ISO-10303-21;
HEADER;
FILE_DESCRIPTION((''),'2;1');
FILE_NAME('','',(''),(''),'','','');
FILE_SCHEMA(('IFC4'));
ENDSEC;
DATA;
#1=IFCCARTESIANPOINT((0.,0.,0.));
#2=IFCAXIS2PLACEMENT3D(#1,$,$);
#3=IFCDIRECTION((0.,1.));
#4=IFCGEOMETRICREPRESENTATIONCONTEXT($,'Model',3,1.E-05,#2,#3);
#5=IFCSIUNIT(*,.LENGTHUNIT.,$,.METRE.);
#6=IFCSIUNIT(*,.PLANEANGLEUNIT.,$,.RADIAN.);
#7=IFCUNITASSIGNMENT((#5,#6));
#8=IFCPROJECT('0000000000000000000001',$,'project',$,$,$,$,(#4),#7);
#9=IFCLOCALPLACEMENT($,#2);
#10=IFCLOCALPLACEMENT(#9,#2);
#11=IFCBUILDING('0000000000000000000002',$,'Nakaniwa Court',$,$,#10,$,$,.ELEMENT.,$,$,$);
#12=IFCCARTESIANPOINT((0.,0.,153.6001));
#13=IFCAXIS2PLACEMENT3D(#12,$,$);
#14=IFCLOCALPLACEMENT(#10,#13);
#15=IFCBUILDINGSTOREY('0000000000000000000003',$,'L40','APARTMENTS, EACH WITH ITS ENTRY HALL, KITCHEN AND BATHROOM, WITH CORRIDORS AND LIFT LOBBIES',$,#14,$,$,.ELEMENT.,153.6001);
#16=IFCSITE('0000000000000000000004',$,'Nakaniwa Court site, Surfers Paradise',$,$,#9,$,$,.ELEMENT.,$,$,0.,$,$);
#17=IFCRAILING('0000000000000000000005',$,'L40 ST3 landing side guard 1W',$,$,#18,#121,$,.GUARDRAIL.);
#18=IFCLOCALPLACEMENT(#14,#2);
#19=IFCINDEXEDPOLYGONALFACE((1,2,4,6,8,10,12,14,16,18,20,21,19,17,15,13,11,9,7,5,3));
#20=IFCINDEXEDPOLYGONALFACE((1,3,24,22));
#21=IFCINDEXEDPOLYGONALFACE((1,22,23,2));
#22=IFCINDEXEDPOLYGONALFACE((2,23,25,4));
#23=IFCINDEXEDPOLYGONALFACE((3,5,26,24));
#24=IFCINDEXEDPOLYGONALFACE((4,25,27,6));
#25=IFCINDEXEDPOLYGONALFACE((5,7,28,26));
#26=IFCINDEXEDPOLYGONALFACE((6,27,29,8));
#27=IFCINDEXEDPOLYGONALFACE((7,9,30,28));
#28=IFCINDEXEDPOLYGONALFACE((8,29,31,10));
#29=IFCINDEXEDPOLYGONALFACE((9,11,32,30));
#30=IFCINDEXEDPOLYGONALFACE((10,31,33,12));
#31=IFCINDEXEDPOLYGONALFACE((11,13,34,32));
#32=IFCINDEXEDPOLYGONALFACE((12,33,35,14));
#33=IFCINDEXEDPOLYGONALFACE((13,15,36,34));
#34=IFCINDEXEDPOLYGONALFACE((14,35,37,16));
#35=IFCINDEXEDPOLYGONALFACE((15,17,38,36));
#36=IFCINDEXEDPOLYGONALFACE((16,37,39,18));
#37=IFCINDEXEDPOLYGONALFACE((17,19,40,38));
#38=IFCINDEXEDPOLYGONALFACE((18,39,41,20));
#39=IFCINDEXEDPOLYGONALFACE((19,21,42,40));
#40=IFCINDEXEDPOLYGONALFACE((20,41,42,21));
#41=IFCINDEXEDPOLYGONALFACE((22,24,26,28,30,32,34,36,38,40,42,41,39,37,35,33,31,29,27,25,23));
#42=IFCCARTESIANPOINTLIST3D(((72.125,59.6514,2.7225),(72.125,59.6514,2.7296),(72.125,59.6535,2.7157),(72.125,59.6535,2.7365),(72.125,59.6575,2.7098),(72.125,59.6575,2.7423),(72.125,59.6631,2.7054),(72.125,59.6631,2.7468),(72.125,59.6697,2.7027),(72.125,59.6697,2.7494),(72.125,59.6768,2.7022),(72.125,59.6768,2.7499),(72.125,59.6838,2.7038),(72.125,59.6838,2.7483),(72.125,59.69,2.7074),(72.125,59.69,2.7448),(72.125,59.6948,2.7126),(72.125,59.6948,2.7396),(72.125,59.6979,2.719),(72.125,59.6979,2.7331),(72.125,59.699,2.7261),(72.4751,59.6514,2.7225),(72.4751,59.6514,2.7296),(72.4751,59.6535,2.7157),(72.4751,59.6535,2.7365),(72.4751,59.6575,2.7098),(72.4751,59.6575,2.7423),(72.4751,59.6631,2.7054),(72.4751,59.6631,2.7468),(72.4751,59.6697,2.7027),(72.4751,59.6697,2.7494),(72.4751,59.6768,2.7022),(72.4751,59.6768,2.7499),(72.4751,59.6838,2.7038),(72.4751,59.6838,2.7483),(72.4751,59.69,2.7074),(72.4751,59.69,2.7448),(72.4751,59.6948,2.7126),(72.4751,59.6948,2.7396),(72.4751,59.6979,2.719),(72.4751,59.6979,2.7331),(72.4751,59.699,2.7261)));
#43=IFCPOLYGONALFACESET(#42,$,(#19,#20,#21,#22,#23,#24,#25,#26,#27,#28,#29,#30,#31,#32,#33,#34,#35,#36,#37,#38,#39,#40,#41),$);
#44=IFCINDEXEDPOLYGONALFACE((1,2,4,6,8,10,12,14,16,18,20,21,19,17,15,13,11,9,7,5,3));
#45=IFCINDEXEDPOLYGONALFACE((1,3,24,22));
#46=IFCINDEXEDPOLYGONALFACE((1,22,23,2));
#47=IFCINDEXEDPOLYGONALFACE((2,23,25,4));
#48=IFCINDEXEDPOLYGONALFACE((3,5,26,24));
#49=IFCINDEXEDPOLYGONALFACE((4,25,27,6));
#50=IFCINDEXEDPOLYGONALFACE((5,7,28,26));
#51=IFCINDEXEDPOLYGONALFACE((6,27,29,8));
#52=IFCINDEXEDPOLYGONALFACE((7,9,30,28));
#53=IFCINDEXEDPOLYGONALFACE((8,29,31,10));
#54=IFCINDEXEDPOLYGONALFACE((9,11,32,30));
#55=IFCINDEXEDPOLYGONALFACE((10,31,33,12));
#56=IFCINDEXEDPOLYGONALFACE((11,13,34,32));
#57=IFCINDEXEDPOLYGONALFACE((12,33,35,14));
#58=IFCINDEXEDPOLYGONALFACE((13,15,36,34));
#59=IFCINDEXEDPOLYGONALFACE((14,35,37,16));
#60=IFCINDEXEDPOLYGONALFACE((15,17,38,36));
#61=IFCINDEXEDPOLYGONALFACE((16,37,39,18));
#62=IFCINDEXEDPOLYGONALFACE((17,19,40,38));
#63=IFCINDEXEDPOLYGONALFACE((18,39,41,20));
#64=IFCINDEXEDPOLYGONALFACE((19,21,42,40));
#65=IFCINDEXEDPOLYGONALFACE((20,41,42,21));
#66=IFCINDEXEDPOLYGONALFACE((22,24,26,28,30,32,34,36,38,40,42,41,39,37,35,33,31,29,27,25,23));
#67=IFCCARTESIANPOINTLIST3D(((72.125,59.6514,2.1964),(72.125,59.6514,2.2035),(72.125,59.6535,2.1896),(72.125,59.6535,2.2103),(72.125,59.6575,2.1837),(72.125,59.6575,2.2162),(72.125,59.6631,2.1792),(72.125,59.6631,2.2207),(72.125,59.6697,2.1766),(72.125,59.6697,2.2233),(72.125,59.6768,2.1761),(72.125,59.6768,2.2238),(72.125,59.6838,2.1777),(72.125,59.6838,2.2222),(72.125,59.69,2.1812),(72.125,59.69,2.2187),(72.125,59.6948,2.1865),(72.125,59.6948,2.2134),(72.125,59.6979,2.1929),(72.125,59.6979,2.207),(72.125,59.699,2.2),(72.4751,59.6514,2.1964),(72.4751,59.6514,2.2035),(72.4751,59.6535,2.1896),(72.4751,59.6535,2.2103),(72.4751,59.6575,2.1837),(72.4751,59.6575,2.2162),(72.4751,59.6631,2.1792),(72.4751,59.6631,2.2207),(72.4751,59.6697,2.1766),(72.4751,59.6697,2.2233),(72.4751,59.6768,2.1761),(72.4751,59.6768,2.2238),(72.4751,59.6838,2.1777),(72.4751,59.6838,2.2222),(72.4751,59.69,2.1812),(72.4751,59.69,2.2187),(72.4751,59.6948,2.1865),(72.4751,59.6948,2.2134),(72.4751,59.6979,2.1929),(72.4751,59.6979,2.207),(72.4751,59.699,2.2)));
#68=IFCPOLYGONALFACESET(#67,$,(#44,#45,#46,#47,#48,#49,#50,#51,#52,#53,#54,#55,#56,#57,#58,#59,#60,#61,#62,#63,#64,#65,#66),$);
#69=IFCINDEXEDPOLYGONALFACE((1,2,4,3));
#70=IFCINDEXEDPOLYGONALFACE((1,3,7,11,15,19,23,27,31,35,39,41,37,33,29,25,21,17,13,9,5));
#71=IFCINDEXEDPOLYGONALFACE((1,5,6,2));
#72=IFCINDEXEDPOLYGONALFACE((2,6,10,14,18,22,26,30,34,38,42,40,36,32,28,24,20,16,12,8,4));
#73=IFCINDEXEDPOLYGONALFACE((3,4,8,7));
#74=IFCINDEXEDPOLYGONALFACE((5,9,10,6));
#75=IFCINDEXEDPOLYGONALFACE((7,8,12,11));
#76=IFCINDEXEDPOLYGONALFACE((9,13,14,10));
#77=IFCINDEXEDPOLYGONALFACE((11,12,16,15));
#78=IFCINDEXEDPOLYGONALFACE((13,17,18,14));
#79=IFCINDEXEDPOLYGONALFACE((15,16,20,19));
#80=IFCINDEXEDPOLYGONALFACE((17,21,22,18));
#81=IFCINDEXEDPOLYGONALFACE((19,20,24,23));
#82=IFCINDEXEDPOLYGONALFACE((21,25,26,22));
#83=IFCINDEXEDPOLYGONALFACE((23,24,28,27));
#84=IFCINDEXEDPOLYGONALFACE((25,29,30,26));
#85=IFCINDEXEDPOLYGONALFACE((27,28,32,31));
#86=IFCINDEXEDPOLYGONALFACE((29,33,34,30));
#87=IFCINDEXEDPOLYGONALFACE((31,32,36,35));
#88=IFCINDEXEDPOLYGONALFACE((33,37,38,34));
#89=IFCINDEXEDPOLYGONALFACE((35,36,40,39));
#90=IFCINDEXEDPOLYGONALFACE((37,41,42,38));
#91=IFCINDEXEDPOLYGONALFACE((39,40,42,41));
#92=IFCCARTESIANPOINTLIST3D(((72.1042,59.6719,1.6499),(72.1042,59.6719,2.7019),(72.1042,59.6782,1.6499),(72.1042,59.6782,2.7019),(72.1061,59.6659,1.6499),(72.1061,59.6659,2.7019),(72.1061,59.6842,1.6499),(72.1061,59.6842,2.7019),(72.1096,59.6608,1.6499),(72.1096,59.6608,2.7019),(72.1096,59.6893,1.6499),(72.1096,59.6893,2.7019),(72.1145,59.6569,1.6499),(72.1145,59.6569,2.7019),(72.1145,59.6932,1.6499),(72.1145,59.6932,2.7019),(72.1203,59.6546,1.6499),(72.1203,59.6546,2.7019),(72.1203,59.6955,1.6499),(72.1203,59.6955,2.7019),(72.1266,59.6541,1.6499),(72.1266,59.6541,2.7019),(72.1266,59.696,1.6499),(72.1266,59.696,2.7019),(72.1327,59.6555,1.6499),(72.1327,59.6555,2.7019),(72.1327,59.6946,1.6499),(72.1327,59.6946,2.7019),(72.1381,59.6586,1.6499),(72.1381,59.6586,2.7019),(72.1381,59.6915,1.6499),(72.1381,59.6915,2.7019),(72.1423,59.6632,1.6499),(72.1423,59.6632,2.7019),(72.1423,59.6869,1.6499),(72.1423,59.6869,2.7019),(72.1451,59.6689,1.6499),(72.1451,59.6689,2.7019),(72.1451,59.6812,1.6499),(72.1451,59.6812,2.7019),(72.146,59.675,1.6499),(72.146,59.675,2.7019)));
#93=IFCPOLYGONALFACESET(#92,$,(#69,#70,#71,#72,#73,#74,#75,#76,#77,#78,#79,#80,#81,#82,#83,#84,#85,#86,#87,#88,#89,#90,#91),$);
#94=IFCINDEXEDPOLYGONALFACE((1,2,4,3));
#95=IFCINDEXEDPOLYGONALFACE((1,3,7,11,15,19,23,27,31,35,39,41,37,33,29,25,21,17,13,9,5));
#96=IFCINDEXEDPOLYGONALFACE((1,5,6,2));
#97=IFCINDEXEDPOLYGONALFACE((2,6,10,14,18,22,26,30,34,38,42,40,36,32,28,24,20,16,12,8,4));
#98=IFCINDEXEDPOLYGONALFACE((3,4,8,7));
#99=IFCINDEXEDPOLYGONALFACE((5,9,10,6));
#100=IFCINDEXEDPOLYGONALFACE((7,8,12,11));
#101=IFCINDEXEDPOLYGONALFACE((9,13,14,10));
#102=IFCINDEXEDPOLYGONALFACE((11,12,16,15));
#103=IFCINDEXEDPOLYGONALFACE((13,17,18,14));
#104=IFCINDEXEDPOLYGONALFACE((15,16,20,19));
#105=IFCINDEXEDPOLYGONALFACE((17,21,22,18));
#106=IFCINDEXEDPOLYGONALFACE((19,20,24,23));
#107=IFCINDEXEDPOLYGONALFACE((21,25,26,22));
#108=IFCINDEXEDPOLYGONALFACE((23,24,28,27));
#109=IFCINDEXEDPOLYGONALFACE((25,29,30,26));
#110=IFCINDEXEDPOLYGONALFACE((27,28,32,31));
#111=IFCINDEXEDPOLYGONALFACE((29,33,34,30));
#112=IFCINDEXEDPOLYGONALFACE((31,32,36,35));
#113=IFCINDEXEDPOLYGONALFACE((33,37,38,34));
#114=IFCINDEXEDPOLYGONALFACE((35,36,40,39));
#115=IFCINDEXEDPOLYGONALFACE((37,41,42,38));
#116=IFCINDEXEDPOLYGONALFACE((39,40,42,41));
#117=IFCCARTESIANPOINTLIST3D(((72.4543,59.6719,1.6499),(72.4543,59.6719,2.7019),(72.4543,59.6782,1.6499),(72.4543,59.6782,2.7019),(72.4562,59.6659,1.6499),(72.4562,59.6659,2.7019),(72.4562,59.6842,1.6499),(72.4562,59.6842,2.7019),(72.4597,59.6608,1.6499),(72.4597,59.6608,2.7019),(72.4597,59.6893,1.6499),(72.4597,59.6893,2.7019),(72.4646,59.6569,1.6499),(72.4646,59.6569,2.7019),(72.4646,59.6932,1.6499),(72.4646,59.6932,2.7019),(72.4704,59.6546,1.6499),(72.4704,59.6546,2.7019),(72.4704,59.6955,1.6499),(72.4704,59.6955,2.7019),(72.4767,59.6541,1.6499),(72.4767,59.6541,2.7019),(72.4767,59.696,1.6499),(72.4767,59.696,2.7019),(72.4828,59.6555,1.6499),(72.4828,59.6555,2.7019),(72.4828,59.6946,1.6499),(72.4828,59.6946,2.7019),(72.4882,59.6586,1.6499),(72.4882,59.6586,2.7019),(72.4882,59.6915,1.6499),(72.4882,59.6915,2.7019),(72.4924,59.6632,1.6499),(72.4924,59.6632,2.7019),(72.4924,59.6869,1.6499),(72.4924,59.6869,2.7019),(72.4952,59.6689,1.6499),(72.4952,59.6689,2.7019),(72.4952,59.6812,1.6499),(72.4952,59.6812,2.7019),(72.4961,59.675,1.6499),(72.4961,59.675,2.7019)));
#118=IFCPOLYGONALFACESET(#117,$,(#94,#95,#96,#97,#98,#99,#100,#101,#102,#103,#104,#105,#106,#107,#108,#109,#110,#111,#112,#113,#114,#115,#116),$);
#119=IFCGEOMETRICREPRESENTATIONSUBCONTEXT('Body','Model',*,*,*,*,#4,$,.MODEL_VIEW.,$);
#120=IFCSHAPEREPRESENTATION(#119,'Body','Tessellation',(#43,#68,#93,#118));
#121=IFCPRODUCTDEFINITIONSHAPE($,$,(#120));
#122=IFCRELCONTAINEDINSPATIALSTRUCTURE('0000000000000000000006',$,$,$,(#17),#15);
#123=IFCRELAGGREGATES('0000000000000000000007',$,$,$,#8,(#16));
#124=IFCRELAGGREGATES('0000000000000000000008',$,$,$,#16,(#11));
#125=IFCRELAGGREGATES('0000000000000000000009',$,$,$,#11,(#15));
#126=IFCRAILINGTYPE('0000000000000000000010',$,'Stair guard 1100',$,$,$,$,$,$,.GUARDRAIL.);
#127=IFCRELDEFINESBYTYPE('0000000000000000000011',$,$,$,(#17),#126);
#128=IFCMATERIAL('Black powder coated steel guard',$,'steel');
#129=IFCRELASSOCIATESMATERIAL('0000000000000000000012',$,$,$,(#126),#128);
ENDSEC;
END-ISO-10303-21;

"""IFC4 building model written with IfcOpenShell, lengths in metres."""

from ifc_helpers import new_model, si_unit, direction, frame, origin, origin_2d, place, context, subcontext, project, spatial, circle, extrude, material, type_object, element, save


model = new_model("IFC4")

# Units and contexts
model_context = context("Model", 3, precision=1e-05, world=origin(), true_north=direction((0.0, 1.0)))
body_context = subcontext(model_context, "Body", "Model", "MODEL_VIEW")
ifc_project = project(units=[si_unit("LENGTHUNIT", "METRE"), si_unit("PLANEANGLEUNIT", "RADIAN")], contexts=[model_context])

# Site, building, storey
site_placement = place(None, origin())
site = spatial("IfcSite", under=ifc_project, at=site_placement, Name="Nakaniwa Court site, Surfers Paradise", CompositionType="ELEMENT", RefElevation=0.0)
building_placement = place(site_placement, origin())
building = spatial("IfcBuilding", under=site, at=building_placement, Name="Nakaniwa Court", CompositionType="ELEMENT")
storey_placement = place(building_placement, frame((0.0, 0.0, 153.6001)))
storey = spatial("IfcBuildingStorey", under=building, at=storey_placement, Name="L40", Description="APARTMENTS, EACH WITH ITS ENTRY HALL, KITCHEN AND BATHROOM, WITH CORRIDORS AND LIFT LOBBIES", CompositionType="ELEMENT", Elevation=153.6001)

# Railing
ifc_material_1 = material(Name="Black powder coated steel guard", Category="steel")
railing_type_1 = type_object("IfcRailingType", Name="Stair guard 1100", PredefinedType="GUARDRAIL", material=ifc_material_1)
for number, where, name in (
    (1, (72.125, 59.675, 1.6499), "L40 ST3 landing side guard 1W"),
):
    element("IfcRailing", number, at=place(storey_placement, frame(where)), inside=storey, type_object=railing_type_1, Name=name, PredefinedType="GUARDRAIL", context=body_context, shape_type="SweptSolid", body=[
        extrude(circle(Radius=0.0239, at=origin_2d()), frame((0.0, 0.0, 1.0762), z_axis=(1.0, 0.0, 0.0), x_axis=(0.0, 1.0, 0.0)), (0.0, 0.0, 1.0), 0.3501),
        extrude(circle(Radius=0.0239, at=origin_2d()), frame((0.0, 0.0, 0.55), z_axis=(1.0, 0.0, 0.0), x_axis=(0.0, 1.0, 0.0)), (0.0, 0.0, 1.0), 0.3501),
        extrude(circle(Radius=0.021, at=origin_2d()), origin(), (0.0, 0.0, 1.0), 1.052),
        extrude(circle(Radius=0.021, at=origin_2d()), frame((0.3501, 0.0, 0.0)), (0.0, 0.0, 1.0), 1.052),
    ])

save(model, "model.ifc")
